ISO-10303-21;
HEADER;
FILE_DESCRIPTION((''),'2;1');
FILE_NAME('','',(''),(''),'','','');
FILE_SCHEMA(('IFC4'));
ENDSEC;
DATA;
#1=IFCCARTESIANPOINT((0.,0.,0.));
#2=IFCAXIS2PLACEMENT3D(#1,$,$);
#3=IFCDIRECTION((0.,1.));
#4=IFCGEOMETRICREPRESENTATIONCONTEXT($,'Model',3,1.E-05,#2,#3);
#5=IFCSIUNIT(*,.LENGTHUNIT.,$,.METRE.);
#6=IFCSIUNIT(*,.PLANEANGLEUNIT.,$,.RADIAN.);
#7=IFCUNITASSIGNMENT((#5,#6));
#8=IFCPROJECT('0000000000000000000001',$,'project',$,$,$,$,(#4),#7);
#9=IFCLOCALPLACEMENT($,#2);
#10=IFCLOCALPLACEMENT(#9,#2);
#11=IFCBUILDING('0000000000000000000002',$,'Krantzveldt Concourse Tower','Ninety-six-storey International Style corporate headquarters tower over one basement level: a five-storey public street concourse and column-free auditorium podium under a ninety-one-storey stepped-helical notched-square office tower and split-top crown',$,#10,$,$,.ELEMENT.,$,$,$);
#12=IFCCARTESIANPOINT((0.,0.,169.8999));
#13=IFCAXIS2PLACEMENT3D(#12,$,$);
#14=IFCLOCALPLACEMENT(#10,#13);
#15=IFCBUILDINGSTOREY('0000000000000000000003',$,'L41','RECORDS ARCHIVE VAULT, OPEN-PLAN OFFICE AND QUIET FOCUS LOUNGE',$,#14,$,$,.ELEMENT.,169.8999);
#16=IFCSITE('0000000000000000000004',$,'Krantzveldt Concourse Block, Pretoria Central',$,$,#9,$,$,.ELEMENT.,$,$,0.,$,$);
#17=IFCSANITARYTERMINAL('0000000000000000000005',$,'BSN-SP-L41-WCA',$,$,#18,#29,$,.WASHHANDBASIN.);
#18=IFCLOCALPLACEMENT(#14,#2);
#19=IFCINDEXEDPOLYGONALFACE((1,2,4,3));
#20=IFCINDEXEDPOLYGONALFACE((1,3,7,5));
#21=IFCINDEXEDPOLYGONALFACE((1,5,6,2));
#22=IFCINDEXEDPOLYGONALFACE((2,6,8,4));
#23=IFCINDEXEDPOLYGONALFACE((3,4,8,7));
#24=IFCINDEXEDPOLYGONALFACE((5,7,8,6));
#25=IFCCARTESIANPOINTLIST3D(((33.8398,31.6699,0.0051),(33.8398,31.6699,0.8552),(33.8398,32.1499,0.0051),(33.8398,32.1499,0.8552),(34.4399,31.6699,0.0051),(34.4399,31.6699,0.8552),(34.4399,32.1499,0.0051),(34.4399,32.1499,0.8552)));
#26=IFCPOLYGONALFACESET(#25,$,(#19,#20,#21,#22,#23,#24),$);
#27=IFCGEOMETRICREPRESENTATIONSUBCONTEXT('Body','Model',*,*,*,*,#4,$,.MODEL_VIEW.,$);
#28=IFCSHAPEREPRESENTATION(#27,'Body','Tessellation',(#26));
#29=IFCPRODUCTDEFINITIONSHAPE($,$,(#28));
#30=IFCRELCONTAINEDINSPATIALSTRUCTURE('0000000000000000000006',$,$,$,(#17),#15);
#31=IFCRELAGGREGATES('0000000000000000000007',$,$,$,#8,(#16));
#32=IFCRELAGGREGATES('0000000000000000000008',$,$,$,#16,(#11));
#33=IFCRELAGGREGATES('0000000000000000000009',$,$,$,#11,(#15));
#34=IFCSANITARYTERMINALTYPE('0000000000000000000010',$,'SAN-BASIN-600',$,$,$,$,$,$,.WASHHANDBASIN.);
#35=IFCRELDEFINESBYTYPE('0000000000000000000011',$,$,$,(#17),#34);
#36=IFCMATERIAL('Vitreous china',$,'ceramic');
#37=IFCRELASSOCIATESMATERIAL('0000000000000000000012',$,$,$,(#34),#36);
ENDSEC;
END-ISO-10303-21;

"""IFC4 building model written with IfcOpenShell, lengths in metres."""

from ifc_helpers import new_model, si_unit, direction, frame, origin, origin_2d, place, context, subcontext, project, spatial, rectangle, extrude, source, transform, mapped, material, type_object, type_shapes, element, save


model = new_model("IFC4")

# Units and contexts
model_context = context("Model", 3, precision=1e-05, world=origin(), true_north=direction((0.0, 1.0)))
body_context = subcontext(model_context, "Body", "Model", "MODEL_VIEW")
ifc_project = project(units=[si_unit("LENGTHUNIT", "METRE"), si_unit("PLANEANGLEUNIT", "RADIAN")], contexts=[model_context])

# Site, building, storey
site_placement = place(None, origin())
site = spatial("IfcSite", under=ifc_project, at=site_placement, Name="Krantzveldt Concourse Block, Pretoria Central", CompositionType="ELEMENT", RefElevation=0.0)
building_placement = place(site_placement, origin())
building = spatial("IfcBuilding", under=site, at=building_placement, Name="Krantzveldt Concourse Tower", Description="Ninety-six-storey International Style corporate headquarters tower over one basement level: a five-storey public street concourse and column-free auditorium podium under a ninety-one-storey stepped-helical notched-square office tower and split-top crown", CompositionType="ELEMENT")
storey_placement = place(building_placement, frame((0.0, 0.0, 169.8999)))
storey = spatial("IfcBuildingStorey", under=building, at=storey_placement, Name="L41", Description="RECORDS ARCHIVE VAULT, OPEN-PLAN OFFICE AND QUIET FOCUS LOUNGE", CompositionType="ELEMENT", Elevation=169.8999)

# Sanitary terminal
ifc_material_1 = material(Name="Vitreous china", Category="ceramic")
sanitary_terminal_type_1 = type_object("IfcSanitaryTerminalType", Name="SAN-BASIN-600", PredefinedType="WASHHANDBASIN", material=ifc_material_1)
shared_shape_1 = source(origin(), body_context, "Body", "SweptSolid", [
    extrude(rectangle(XDim=0.6001, YDim=0.48, at=origin_2d()), origin(), (0.0, 0.0, 1.0), 0.8501),
])
type_shapes(sanitary_terminal_type_1, [shared_shape_1])
sanitary_terminal_1_placement = place(storey_placement, frame((34.1399, 31.9099, 0.0051), z_axis=(0.0, 0.0, 1.0), x_axis=(1.0, 0.0, 0.0)))
element("IfcSanitaryTerminal", 1, at=sanitary_terminal_1_placement, inside=storey, type_object=sanitary_terminal_type_1, Name="BSN-SP-L41-WCA", PredefinedType="WASHHANDBASIN", context=body_context, shape_type="MappedRepresentation", body=[
    mapped(shared_shape_1, transform((0.0, 0.0, 0.0), x_axis=(1.0, 0.0, 0.0), y_axis=(0.0, 1.0, 0.0), z_axis=(0.0, 0.0, 1.0), scale=1.0)),
])

save(model, "model.ifc")
